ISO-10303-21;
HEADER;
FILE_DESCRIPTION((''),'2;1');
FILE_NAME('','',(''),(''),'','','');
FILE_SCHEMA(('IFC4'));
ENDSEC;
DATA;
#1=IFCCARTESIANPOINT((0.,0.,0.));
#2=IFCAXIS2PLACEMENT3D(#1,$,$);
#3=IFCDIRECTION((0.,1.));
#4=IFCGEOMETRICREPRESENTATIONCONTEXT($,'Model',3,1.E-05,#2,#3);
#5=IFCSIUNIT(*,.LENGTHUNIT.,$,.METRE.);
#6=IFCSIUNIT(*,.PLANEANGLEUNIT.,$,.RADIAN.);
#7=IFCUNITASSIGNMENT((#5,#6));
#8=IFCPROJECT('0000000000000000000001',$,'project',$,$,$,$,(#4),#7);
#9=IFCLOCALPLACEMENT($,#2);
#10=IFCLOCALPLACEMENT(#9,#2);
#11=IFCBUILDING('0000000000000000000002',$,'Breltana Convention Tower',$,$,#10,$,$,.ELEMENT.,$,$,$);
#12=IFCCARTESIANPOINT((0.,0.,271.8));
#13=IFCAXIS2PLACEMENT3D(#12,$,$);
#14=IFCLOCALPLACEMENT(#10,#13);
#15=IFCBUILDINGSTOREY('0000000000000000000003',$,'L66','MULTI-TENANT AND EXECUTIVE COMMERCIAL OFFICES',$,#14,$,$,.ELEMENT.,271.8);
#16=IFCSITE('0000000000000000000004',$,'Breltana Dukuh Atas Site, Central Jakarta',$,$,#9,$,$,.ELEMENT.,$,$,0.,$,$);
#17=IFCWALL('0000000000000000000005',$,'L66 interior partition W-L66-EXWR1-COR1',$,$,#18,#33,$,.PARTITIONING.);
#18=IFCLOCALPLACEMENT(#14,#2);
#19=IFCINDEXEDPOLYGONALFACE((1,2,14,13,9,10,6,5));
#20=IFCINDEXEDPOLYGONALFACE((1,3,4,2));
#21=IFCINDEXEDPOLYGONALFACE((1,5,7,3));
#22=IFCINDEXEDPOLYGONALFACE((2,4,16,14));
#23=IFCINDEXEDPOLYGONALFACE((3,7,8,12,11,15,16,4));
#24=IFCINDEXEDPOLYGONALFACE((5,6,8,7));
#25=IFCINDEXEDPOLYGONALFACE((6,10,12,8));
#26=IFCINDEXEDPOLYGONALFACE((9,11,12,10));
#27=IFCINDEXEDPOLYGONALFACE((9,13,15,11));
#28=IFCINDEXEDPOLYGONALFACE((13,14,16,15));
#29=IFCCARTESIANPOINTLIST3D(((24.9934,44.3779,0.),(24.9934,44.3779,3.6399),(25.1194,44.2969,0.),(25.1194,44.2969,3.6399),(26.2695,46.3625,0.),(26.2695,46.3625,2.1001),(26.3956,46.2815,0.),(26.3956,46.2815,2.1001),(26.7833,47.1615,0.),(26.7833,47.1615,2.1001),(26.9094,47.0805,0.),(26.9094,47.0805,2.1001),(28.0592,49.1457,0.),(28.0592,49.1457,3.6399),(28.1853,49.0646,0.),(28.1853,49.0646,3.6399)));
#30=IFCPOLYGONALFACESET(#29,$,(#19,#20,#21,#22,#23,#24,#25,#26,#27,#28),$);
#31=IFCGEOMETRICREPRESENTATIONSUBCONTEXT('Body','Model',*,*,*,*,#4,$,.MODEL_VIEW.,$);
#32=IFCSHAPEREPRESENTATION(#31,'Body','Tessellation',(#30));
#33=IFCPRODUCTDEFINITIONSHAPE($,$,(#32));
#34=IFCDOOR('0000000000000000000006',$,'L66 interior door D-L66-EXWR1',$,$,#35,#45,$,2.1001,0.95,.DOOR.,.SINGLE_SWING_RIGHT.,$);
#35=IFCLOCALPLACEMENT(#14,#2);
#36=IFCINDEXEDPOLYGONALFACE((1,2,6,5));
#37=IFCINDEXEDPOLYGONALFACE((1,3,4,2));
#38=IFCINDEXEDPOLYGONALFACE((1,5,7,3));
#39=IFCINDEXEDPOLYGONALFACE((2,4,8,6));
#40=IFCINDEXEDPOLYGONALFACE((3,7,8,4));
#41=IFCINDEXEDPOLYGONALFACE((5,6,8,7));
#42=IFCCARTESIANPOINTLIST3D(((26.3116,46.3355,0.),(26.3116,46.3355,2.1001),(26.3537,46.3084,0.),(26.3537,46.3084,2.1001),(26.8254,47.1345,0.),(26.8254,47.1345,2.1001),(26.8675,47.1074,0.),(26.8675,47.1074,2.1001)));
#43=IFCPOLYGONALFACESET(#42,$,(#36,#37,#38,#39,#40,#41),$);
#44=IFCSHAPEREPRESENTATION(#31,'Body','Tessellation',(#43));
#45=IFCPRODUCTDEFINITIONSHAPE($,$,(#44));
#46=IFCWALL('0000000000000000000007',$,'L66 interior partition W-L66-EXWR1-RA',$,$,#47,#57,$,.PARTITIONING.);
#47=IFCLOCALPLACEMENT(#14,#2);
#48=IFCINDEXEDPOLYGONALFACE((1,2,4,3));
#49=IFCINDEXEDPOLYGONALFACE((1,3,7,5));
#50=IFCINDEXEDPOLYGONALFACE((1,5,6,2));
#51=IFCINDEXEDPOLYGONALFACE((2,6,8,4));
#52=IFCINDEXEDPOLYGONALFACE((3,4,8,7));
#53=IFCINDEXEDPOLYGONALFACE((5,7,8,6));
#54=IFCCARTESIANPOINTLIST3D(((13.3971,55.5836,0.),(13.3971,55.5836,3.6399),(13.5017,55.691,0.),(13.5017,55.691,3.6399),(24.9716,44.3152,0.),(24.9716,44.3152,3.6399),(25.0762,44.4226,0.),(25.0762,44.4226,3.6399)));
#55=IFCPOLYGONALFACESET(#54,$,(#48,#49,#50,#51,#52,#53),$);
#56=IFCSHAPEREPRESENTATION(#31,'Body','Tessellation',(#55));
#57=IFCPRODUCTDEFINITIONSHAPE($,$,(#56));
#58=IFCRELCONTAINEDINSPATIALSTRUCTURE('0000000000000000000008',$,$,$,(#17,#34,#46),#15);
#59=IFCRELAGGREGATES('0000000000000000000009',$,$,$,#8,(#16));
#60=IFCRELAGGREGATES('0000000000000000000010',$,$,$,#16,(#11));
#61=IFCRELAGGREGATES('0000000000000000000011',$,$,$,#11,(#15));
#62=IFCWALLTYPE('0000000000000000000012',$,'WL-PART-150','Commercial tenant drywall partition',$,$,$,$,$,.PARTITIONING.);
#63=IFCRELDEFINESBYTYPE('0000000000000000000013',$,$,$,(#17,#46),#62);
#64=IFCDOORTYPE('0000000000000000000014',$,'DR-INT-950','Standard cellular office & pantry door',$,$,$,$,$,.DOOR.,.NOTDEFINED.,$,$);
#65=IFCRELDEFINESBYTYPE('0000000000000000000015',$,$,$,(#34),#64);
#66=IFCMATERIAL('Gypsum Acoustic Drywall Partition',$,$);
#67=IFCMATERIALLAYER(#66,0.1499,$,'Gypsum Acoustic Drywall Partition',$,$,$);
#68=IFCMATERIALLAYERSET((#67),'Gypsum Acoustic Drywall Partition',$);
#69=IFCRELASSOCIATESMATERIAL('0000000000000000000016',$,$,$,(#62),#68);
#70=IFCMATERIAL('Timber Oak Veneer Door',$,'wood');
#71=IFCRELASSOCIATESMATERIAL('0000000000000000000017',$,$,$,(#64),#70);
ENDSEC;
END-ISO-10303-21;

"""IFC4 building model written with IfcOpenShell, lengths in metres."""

from ifc_helpers import new_model, si_unit, direction, frame, frame_2d, origin, place, context, subcontext, project, spatial, rectangle, extrude, source, transform, mapped, material, layer, layer_set, type_object, type_shapes, element, fill, save


model = new_model("IFC4")

# Units and contexts
model_context = context("Model", 3, precision=1e-05, world=origin(), true_north=direction((0.0, 1.0)))
body_context = subcontext(model_context, "Body", "Model", "MODEL_VIEW")
ifc_project = project(units=[si_unit("LENGTHUNIT", "METRE"), si_unit("PLANEANGLEUNIT", "RADIAN")], contexts=[model_context])

# Site, building, storey
site_placement = place(None, origin())
site = spatial("IfcSite", under=ifc_project, at=site_placement, Name="Breltana Dukuh Atas Site, Central Jakarta", CompositionType="ELEMENT", RefElevation=0.0)
building_placement = place(site_placement, origin())
building = spatial("IfcBuilding", under=site, at=building_placement, Name="Breltana Convention Tower", CompositionType="ELEMENT")
storey_placement = place(building_placement, frame((0.0, 0.0, 271.8)))
storey = spatial("IfcBuildingStorey", under=building, at=storey_placement, Name="L66", Description="MULTI-TENANT AND EXECUTIVE COMMERCIAL OFFICES", CompositionType="ELEMENT", Elevation=271.8)

# Wall, opening, door
ifc_material_1 = material(Name="Gypsum Acoustic Drywall Partition")
ifc_layer_1 = layer(ifc_material_1, 0.1499, Name="Gypsum Acoustic Drywall Partition")
ifc_layer_set_1 = layer_set([ifc_layer_1], Name="Gypsum Acoustic Drywall Partition")
wall_type_1 = type_object("IfcWallType", Name="WL-PART-150", Description="Commercial tenant drywall partition", PredefinedType="PARTITIONING", material=ifc_layer_set_1)
shared_shape_1 = source(origin(), body_context, "Body", "SweptSolid", [
    extrude(rectangle(XDim=5.6685, YDim=0.1499, at=frame_2d((2.8342, 0.0))), origin(), (0.0, 0.0, 1.0), 3.6399),
])
wall_1_placement = place(storey_placement, frame((25.0564, 44.3374, 0.0), z_axis=(0.0, 0.0, 1.0), x_axis=(0.540869, 0.841107, 0.0)))
wall_1 = element("IfcWall", 1, at=wall_1_placement, inside=storey, type_object=wall_type_1, Name="L66 interior partition W-L66-EXWR1-COR1", PredefinedType="PARTITIONING", context=body_context, shape_type="MappedRepresentation", body=[
    mapped(shared_shape_1, transform((0.0, 0.0, 0.0), scale=1.0)),
])
opening_1_placement = place(wall_1_placement, frame((2.3594, 0.0, 0.0)))
opening_1 = element("IfcOpeningElement", 2, at=opening_1_placement, cuts=wall_1, PredefinedType="OPENING", context=body_context, shape_type="SweptSolid", body=[
    extrude(rectangle(XDim=0.95, YDim=2.1001, at=frame_2d((0.4751, 1.05))), frame((0.0, 0.085, 0.0), z_axis=(0.0, -1.0, 0.0), x_axis=(1.0, 0.0, 0.0)), (0.0, 0.0, 1.0), 0.1699),
])
ifc_material_2 = material(Name="Timber Oak Veneer Door", Category="wood")
door_type = type_object("IfcDoorType", Name="DR-INT-950", Description="Standard cellular office & pantry door", OperationType="NOTDEFINED", PredefinedType="DOOR", material=ifc_material_2)
shared_shape_2 = source(origin(), body_context, "Body", "SweptSolid", [
    extrude(rectangle(XDim=0.95, YDim=2.1001, at=frame_2d((0.4751, 1.05))), frame((0.0, 0.0249, 0.0), z_axis=(0.0, -1.0, 0.0), x_axis=(1.0, 0.0, 0.0)), (0.0, 0.0, 1.0), 0.05),
])
type_shapes(door_type, [shared_shape_2])
door_placement = place(opening_1_placement, origin())
door = element("IfcDoor", 3, at=door_placement, inside=storey, type_object=door_type, Name="L66 interior door D-L66-EXWR1", OperationType="SINGLE_SWING_RIGHT", OverallHeight=2.1001, OverallWidth=0.95, PredefinedType="DOOR", context=body_context, shape_type="MappedRepresentation", body=[
    mapped(shared_shape_2, transform((0.0, 0.0, 0.0), scale=1.0)),
])
fill(opening_1, door)

# Wall
shared_shape_3 = source(origin(), body_context, "Body", "SweptSolid", [
    extrude(rectangle(XDim=16.1538, YDim=0.1499, at=frame_2d((8.0769, 0.0))), origin(), (0.0, 0.0, 1.0), 3.6399),
])
wall_2_placement = place(storey_placement, frame((25.0239, 44.3689, 0.0), z_axis=(0.0, 0.0, 1.0), x_axis=(-0.716519, 0.697567, 0.0)))
element("IfcWall", 4, at=wall_2_placement, inside=storey, type_object=wall_type_1, Name="L66 interior partition W-L66-EXWR1-RA", PredefinedType="PARTITIONING", context=body_context, shape_type="MappedRepresentation", body=[
    mapped(shared_shape_3, transform((0.0, 0.0, 0.0), scale=1.0)),
])

save(model, "model.ifc")
